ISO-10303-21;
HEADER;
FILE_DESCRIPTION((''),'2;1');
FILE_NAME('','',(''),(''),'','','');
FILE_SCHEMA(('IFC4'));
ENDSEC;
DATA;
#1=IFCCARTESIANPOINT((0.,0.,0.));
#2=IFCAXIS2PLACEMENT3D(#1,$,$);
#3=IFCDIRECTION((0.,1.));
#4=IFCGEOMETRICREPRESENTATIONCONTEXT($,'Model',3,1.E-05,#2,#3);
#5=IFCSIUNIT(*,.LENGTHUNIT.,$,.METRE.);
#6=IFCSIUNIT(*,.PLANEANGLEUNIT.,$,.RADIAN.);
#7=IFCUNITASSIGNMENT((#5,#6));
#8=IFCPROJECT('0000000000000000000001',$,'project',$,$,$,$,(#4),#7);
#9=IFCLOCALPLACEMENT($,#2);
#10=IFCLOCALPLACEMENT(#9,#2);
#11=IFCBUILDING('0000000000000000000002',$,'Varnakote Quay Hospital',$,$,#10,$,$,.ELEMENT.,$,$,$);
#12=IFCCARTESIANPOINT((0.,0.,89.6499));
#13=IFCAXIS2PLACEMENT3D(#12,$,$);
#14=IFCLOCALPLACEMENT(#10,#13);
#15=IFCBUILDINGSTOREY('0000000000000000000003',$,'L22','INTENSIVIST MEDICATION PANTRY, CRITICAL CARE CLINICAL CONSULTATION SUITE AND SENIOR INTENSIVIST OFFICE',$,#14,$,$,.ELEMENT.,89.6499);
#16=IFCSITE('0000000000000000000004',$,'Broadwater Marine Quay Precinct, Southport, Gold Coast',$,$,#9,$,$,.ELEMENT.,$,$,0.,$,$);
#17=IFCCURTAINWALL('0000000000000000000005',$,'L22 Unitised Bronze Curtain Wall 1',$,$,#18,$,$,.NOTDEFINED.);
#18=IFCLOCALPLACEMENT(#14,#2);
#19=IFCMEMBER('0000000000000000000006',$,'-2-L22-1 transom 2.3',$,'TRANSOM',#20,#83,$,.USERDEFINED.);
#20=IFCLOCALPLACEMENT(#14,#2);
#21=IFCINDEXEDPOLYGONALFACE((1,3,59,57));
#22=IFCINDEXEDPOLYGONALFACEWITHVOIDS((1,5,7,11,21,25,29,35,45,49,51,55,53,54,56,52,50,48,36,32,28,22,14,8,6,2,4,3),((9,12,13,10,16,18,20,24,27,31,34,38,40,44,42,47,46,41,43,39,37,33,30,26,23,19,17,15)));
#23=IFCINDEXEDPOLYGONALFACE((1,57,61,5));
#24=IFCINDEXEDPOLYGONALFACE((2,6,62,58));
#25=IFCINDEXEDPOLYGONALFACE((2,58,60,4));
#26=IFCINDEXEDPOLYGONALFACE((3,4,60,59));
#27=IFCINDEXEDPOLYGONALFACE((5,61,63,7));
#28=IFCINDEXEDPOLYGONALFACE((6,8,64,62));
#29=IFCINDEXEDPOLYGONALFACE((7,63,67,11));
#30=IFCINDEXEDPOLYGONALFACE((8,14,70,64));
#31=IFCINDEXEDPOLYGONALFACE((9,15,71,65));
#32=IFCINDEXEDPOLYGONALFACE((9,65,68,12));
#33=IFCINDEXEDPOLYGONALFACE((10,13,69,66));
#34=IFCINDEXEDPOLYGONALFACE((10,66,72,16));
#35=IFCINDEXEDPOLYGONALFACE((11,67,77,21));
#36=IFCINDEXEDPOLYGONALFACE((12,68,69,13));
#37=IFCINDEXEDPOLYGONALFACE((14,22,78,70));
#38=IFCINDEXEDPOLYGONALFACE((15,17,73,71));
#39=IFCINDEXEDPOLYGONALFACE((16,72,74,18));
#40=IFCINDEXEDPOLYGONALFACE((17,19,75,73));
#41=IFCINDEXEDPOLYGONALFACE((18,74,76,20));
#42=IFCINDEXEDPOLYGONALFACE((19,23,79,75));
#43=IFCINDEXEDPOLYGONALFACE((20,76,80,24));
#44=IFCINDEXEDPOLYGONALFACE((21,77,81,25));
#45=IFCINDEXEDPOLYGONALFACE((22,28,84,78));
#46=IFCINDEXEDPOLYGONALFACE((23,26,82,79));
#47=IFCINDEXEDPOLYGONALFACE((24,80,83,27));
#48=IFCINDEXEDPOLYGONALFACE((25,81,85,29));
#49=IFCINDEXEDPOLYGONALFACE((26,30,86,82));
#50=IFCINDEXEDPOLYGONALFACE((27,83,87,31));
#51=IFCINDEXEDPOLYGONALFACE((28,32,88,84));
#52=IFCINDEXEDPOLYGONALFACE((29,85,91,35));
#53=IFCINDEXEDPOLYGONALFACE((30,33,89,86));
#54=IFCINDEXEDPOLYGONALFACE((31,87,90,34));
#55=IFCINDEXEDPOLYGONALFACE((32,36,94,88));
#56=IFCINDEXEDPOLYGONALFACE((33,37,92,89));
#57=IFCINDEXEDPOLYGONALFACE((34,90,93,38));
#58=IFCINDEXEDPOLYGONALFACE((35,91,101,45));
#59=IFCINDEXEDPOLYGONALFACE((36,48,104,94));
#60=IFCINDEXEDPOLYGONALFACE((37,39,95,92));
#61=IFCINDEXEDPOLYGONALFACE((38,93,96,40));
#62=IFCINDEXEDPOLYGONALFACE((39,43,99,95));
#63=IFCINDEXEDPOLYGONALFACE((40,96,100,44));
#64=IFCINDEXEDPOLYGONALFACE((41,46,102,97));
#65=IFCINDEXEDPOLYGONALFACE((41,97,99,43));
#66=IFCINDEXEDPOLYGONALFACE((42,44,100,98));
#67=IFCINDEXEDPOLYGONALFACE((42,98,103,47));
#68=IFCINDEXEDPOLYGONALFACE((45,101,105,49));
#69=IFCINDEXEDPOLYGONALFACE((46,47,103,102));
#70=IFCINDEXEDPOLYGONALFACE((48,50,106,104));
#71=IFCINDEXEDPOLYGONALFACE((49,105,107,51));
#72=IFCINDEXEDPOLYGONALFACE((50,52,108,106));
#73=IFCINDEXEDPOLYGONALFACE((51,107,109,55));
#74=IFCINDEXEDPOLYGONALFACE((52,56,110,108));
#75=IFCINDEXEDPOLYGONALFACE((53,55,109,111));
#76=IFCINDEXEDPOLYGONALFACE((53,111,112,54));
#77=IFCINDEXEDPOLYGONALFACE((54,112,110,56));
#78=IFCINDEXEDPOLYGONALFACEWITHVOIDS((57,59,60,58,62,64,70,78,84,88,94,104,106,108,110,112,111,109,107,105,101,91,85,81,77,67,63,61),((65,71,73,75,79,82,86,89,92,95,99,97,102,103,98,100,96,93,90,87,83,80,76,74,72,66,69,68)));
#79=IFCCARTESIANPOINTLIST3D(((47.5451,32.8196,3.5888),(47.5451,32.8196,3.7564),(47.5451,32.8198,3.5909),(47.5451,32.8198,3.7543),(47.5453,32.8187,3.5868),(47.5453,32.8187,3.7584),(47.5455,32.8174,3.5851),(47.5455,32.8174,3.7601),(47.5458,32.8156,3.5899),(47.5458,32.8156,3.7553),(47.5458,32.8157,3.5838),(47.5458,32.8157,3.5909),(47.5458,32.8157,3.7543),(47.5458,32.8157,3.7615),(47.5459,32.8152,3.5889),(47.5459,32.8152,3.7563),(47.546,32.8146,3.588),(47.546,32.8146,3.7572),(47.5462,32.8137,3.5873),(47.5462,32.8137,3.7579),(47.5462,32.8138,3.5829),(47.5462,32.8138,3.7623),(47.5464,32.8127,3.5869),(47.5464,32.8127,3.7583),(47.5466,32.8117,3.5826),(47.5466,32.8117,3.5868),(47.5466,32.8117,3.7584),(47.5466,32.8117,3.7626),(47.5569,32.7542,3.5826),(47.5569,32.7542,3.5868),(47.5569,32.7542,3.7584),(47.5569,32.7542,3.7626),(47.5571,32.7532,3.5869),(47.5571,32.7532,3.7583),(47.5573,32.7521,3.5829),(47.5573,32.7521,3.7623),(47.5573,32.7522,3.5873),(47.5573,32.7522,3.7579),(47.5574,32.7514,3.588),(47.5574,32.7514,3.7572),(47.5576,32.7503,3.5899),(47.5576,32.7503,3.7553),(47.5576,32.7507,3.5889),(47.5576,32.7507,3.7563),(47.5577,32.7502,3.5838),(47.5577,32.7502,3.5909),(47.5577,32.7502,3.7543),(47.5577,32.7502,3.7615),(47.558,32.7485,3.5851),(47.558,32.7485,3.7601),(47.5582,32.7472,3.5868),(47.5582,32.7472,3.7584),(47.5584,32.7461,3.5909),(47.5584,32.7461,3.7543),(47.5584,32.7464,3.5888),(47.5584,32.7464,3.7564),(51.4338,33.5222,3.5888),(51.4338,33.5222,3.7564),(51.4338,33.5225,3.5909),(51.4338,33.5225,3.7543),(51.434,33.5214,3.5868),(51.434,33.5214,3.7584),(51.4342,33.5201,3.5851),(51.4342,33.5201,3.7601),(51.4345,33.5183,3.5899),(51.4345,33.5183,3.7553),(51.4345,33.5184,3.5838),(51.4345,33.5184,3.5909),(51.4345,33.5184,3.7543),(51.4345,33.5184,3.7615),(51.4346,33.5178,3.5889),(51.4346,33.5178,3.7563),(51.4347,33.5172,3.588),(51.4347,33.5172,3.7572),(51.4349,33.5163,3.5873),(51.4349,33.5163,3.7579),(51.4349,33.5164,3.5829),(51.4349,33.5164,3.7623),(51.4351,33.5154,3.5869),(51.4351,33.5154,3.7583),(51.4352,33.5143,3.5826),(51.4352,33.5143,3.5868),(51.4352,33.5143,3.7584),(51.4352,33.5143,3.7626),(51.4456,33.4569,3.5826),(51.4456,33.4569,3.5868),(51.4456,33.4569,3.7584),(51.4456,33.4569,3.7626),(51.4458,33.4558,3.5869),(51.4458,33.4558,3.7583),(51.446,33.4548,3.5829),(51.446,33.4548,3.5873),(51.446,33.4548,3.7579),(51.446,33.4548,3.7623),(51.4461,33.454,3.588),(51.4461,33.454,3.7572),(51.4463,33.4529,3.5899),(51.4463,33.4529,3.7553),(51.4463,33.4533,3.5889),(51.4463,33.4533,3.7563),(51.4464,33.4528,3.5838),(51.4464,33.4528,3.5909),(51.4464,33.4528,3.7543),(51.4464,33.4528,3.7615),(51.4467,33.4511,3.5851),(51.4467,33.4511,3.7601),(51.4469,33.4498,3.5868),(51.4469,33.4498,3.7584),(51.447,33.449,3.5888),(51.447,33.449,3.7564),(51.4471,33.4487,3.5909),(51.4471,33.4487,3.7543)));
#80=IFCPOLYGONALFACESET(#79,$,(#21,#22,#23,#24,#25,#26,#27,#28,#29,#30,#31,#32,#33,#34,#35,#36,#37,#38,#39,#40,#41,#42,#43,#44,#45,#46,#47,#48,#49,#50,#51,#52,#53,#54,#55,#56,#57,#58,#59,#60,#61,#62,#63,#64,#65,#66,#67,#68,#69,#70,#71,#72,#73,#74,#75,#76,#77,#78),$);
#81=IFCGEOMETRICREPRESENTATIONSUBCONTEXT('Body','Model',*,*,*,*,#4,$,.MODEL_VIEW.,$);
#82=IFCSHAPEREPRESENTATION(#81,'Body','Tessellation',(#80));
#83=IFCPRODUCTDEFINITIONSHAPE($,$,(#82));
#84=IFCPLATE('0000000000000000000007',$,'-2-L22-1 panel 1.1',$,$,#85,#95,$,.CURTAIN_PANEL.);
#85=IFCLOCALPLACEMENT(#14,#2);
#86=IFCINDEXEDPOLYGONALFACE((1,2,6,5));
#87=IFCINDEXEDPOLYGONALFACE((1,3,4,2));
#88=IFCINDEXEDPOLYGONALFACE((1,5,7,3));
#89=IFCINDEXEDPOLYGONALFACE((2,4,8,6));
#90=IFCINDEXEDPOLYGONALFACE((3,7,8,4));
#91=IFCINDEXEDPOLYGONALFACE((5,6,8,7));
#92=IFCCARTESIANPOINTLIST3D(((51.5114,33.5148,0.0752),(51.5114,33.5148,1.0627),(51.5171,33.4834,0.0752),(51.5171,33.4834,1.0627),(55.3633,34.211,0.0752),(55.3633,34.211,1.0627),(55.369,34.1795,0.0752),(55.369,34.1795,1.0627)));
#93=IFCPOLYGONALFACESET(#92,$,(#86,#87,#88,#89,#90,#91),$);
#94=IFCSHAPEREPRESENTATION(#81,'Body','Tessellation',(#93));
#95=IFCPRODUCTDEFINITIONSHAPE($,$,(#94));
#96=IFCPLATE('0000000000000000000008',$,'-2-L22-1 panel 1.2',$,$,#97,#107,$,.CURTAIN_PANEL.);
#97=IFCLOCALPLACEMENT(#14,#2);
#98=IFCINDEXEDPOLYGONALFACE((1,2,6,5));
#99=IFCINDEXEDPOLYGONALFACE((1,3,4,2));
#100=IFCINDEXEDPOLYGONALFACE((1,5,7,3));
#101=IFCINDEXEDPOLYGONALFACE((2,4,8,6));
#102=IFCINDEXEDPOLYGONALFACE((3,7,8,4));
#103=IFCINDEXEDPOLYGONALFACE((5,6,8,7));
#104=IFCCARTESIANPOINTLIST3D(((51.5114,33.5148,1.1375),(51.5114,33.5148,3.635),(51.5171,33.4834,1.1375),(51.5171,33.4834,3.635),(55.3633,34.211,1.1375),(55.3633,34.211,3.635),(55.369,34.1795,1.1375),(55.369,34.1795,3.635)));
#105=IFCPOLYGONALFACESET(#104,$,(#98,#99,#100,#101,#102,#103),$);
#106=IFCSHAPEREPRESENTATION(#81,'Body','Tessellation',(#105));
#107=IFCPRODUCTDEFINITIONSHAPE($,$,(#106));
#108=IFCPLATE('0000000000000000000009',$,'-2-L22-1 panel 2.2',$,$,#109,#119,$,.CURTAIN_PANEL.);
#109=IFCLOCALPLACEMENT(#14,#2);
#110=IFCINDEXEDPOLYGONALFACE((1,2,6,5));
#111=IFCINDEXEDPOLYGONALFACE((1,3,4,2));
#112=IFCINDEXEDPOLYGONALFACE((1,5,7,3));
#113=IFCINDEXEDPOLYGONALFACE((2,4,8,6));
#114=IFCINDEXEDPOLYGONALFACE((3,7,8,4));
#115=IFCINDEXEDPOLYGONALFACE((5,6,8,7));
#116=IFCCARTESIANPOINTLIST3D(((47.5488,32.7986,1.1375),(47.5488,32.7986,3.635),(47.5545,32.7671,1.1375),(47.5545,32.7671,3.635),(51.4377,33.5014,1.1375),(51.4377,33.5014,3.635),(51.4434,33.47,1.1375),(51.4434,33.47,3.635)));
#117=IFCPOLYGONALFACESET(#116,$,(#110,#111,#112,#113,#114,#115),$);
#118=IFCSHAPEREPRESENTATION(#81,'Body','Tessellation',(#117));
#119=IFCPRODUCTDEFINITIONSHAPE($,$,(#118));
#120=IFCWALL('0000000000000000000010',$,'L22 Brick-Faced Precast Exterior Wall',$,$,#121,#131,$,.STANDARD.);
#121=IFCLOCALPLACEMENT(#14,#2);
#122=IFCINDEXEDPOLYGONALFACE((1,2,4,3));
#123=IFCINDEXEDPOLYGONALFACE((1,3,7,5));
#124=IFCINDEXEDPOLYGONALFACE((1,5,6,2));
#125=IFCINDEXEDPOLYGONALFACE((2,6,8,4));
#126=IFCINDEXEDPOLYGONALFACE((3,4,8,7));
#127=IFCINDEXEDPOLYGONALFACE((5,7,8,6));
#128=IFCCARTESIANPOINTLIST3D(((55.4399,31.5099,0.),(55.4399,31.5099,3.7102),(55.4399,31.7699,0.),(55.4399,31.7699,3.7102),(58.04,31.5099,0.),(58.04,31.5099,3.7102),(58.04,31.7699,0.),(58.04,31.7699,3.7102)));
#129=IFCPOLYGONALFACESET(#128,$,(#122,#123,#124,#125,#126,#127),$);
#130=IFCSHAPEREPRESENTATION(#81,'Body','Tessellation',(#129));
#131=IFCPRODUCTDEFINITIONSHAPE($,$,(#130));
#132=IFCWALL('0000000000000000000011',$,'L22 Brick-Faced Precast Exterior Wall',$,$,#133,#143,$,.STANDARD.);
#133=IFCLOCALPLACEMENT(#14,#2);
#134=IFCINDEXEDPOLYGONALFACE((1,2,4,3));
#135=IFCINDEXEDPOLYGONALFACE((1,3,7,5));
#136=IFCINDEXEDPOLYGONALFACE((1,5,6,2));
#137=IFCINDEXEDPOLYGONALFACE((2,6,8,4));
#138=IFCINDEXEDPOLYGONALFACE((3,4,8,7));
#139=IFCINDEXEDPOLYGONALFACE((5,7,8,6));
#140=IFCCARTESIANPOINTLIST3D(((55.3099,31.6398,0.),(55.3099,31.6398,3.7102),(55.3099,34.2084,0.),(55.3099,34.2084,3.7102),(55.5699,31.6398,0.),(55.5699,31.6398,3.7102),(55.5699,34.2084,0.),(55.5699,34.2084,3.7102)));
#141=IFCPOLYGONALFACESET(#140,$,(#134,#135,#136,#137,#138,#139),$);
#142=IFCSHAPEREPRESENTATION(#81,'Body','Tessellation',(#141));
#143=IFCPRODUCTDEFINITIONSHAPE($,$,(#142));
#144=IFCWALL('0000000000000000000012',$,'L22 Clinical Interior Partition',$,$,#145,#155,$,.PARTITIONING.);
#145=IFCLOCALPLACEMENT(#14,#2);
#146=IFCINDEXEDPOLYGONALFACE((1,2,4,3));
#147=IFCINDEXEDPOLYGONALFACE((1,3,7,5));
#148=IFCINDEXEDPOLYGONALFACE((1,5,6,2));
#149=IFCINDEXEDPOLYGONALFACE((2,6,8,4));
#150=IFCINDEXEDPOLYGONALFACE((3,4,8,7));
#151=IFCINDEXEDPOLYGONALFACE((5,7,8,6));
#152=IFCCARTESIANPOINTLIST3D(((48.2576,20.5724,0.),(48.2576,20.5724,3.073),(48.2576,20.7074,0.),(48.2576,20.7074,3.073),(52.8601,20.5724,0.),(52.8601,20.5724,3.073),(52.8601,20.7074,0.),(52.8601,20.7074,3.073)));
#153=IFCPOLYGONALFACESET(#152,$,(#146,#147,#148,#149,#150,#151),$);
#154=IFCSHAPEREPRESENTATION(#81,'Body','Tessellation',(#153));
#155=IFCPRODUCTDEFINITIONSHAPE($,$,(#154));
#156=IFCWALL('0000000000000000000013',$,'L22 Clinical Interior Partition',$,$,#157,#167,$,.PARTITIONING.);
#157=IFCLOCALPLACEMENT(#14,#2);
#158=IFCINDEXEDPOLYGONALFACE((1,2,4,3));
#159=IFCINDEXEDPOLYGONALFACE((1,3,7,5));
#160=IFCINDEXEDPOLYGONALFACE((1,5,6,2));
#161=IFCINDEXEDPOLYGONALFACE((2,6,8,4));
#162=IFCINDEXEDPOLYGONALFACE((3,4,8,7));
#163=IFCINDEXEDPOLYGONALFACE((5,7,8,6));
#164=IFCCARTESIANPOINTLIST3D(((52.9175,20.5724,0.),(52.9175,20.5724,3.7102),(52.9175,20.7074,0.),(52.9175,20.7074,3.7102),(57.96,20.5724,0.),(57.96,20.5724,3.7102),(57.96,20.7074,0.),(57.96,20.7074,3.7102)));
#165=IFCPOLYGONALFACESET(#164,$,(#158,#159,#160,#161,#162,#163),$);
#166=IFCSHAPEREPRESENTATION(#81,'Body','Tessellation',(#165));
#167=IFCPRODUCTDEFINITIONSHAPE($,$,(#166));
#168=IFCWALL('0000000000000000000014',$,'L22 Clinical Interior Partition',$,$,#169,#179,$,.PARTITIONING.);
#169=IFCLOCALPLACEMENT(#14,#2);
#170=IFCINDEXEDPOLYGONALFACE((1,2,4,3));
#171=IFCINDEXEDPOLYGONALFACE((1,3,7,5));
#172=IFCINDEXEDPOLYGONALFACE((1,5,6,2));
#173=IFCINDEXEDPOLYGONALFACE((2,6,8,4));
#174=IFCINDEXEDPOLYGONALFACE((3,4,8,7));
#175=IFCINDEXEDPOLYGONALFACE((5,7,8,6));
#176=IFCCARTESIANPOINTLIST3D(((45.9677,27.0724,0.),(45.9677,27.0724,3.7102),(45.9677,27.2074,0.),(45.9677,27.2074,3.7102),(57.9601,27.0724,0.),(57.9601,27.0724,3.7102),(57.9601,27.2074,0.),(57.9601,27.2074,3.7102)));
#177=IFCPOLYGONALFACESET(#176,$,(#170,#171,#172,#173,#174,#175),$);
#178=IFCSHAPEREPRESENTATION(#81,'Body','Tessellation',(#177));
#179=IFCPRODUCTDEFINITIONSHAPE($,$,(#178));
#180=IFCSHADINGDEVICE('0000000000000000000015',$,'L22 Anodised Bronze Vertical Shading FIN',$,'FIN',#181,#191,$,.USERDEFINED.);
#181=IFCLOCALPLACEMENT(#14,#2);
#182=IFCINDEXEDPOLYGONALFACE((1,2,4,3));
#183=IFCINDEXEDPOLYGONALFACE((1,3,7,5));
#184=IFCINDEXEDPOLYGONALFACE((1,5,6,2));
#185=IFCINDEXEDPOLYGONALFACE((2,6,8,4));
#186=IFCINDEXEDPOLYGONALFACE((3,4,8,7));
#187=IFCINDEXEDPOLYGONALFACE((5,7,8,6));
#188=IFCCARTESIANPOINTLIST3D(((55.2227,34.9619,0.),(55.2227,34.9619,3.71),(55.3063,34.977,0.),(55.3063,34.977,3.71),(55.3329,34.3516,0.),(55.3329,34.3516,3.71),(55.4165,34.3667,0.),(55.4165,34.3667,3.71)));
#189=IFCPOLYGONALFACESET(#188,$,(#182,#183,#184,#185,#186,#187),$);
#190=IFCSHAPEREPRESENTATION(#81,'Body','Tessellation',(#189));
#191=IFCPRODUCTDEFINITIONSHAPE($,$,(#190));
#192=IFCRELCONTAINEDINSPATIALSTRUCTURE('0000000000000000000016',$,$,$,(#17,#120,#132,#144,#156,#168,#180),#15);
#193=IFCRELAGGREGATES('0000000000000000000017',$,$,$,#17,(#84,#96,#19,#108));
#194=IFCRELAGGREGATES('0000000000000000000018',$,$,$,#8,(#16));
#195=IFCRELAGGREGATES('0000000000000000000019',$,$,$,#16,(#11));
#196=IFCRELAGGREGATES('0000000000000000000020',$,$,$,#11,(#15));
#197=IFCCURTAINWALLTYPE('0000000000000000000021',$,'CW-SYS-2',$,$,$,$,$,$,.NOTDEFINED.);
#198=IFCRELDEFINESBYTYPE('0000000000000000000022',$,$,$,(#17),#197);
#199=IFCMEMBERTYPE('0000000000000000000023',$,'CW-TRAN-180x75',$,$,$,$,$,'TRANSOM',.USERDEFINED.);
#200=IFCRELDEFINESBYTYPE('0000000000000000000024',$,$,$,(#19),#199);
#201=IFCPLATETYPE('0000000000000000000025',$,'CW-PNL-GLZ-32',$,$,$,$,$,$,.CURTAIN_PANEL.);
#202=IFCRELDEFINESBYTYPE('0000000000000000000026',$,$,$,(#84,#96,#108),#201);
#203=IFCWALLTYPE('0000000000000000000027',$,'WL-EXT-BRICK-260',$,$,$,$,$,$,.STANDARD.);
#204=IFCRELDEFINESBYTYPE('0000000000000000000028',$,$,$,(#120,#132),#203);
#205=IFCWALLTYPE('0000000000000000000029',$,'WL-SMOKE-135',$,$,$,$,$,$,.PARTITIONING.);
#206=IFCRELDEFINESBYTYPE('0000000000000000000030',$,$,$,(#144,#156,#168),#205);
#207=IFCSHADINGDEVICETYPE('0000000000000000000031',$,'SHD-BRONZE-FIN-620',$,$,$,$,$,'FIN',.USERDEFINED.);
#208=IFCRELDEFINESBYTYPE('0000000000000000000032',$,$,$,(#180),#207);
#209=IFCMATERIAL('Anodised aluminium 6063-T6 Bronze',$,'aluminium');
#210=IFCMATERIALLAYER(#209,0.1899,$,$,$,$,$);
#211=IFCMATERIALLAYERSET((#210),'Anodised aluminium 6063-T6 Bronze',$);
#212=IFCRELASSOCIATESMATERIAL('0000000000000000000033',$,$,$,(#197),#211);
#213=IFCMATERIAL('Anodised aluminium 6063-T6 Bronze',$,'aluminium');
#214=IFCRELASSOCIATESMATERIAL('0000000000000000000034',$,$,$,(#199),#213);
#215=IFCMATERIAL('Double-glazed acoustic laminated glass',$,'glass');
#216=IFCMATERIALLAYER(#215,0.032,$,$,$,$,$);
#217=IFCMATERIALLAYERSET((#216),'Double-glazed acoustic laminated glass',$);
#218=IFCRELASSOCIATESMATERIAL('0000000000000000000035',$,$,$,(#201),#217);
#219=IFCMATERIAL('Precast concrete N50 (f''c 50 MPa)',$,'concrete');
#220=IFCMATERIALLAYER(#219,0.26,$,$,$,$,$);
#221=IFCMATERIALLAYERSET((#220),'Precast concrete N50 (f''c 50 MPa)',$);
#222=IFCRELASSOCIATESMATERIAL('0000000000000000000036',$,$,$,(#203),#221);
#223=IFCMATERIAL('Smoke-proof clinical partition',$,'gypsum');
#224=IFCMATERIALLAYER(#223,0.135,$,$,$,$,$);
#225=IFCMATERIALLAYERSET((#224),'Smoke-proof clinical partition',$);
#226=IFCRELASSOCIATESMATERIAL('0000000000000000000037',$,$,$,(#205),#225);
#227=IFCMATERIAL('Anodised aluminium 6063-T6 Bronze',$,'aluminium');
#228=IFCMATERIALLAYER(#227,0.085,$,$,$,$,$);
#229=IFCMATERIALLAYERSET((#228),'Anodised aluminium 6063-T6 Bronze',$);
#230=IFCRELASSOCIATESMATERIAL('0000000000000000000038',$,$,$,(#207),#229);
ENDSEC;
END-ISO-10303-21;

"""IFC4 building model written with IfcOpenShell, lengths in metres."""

from ifc_helpers import new_model, si_unit, direction, frame, frame_2d, origin, origin_2d, place, context, subcontext, project, spatial, rectangle, hollow_rectangle, extrude, material, layer, layer_set, material_profile, profile_set, type_object, element, aggregate, save


model = new_model("IFC4")

# Units and contexts
model_context = context("Model", 3, precision=1e-05, world=origin(), true_north=direction((0.0, 1.0)))
body_context = subcontext(model_context, "Body", "Model", "MODEL_VIEW")
ifc_project = project(units=[si_unit("LENGTHUNIT", "METRE"), si_unit("PLANEANGLEUNIT", "RADIAN")], contexts=[model_context])

# Site, building, storey
site_placement = place(None, origin())
site = spatial("IfcSite", under=ifc_project, at=site_placement, Name="Broadwater Marine Quay Precinct, Southport, Gold Coast", CompositionType="ELEMENT", RefElevation=0.0)
building_placement = place(site_placement, origin())
building = spatial("IfcBuilding", under=site, at=building_placement, Name="Varnakote Quay Hospital", CompositionType="ELEMENT")
storey_placement = place(building_placement, frame((0.0, 0.0, 89.6499)))
storey = spatial("IfcBuildingStorey", under=building, at=storey_placement, Name="L22", Description="INTENSIVIST MEDICATION PANTRY, CRITICAL CARE CLINICAL CONSULTATION SUITE AND SENIOR INTENSIVIST OFFICE", CompositionType="ELEMENT", Elevation=89.6499)

# Curtain wall, member, plates
ifc_material_1 = material(Name="Anodised aluminium 6063-T6 Bronze", Category="aluminium")
ifc_layer_1 = layer(ifc_material_1, 0.1899)
ifc_layer_set_1 = layer_set([ifc_layer_1], Name="Anodised aluminium 6063-T6 Bronze")
curtain_wall_type = type_object("IfcCurtainWallType", Name="CW-SYS-2", PredefinedType="NOTDEFINED", material=ifc_layer_set_1)
curtain_wall_placement = place(storey_placement, origin())
curtain_wall = element("IfcCurtainWall", 1, at=curtain_wall_placement, inside=storey, type_object=curtain_wall_type, Name="L22 Unitised Bronze Curtain Wall 1", PredefinedType="NOTDEFINED")
ifc_material_2 = material(Name="Anodised aluminium 6063-T6 Bronze", Category="aluminium")
ifc_material_profile_1 = material_profile(ifc_material_2, hollow_rectangle(XDim=0.075, YDim=0.1799, WallThickness=0.0042, InnerFilletRadius=0.0042, OuterFilletRadius=0.0083, at=origin_2d()), Name="CW-TRAN-180x75")
ifc_profile_set_1 = profile_set([ifc_material_profile_1], Name="Anodised aluminium 6063-T6 Bronze")
member_type_1 = type_object("IfcMemberType", Name="CW-TRAN-180x75", ElementType="TRANSOM", PredefinedType="USERDEFINED", material=ifc_profile_set_1)
member_1_placement = place(storey_placement, frame((51.4404, 33.4856, 3.6726), z_axis=(-0.984065, -0.177809, 0.0), x_axis=(0.177809, -0.984065, 0.0)))
member_1 = element("IfcMember", 2, at=member_1_placement, type_object=member_type_1, Name="-2-L22-1 transom 2.3", ObjectType="TRANSOM", PredefinedType="USERDEFINED", context=body_context, shape_type="SweptSolid", body=[
    extrude(hollow_rectangle(XDim=0.075, YDim=0.1799, WallThickness=0.0042, InnerFilletRadius=0.0042, OuterFilletRadius=0.0083, at=origin_2d()), origin(), (0.0, 0.0, 1.0), 3.9517),
])
ifc_material_3 = material(Name="Double-glazed acoustic laminated glass", Category="glass")
ifc_layer_2 = layer(ifc_material_3, 0.032)
ifc_layer_set_2 = layer_set([ifc_layer_2], Name="Double-glazed acoustic laminated glass")
plate_type = type_object("IfcPlateType", Name="CW-PNL-GLZ-32", PredefinedType="CURTAIN_PANEL", material=ifc_layer_set_2)
plate_1_placement = place(storey_placement, frame((53.4402, 33.8472, 0.0752), z_axis=(0.0, 0.0, 1.0), x_axis=(-0.984058, -0.177846, 0.0)))
plate_1 = element("IfcPlate", 3, at=plate_1_placement, type_object=plate_type, Name="-2-L22-1 panel 1.1", PredefinedType="CURTAIN_PANEL", context=body_context, shape_type="SweptSolid", body=[
    extrude(rectangle(XDim=3.9143, YDim=0.032, at=origin_2d()), origin(), (0.0, 0.0, 1.0), 0.9875),
])
plate_2_placement = place(storey_placement, frame((53.4402, 33.8472, 1.1375), z_axis=(0.0, 0.0, 1.0), x_axis=(-0.984058, -0.177846, 0.0)))
plate_2 = element("IfcPlate", 4, at=plate_2_placement, type_object=plate_type, Name="-2-L22-1 panel 1.2", PredefinedType="CURTAIN_PANEL", context=body_context, shape_type="SweptSolid", body=[
    extrude(rectangle(XDim=3.9143, YDim=0.032, at=origin_2d()), origin(), (0.0, 0.0, 1.0), 2.4976),
])
plate_3_placement = place(storey_placement, frame((49.4961, 33.1343, 1.1375), z_axis=(0.0, 0.0, 1.0), x_axis=(-0.984058, -0.177846, 0.0)))
plate_3 = element("IfcPlate", 5, at=plate_3_placement, type_object=plate_type, Name="-2-L22-1 panel 2.2", PredefinedType="CURTAIN_PANEL", context=body_context, shape_type="SweptSolid", body=[
    extrude(rectangle(XDim=3.9519, YDim=0.032, at=origin_2d()), origin(), (0.0, 0.0, 1.0), 2.4976),
])
aggregate(curtain_wall, [plate_1, plate_2, member_1, plate_3])

# Walls
ifc_material_4 = material(Name="Precast concrete N50 (f'c 50 MPa)", Category="concrete")
ifc_layer_3 = layer(ifc_material_4, 0.26)
ifc_layer_set_3 = layer_set([ifc_layer_3], Name="Precast concrete N50 (f'c 50 MPa)")
wall_type_1 = type_object("IfcWallType", Name="WL-EXT-BRICK-260", PredefinedType="STANDARD", material=ifc_layer_set_3)
wall_1_placement = place(storey_placement, frame((58.04, 31.6399, 0.0), z_axis=(0.0, 0.0, 1.0), x_axis=(-1.0, 0.0, 0.0)))
element("IfcWall", 6, at=wall_1_placement, inside=storey, type_object=wall_type_1, Name="L22 Brick-Faced Precast Exterior Wall", PredefinedType="STANDARD", context=body_context, shape_type="SweptSolid", body=[
    extrude(rectangle(XDim=2.6001, YDim=0.26, at=frame_2d((1.3, 0.0))), origin(), (0.0, 0.0, 1.0), 3.7102),
])
wall_2_placement = place(storey_placement, frame((55.4399, 31.6399, 0.0), z_axis=(0.0, 0.0, 1.0), x_axis=(0.0, 1.0, 0.0)))
element("IfcWall", 7, at=wall_2_placement, inside=storey, type_object=wall_type_1, Name="L22 Brick-Faced Precast Exterior Wall", PredefinedType="STANDARD", context=body_context, shape_type="SweptSolid", body=[
    extrude(rectangle(XDim=2.5686, YDim=0.26, at=frame_2d((1.2842, 0.0))), origin(), (0.0, 0.0, 1.0), 3.7102),
])
ifc_material_5 = material(Name="Smoke-proof clinical partition", Category="gypsum")
ifc_layer_4 = layer(ifc_material_5, 0.135)
ifc_layer_set_4 = layer_set([ifc_layer_4], Name="Smoke-proof clinical partition")
wall_type_2 = type_object("IfcWallType", Name="WL-SMOKE-135", PredefinedType="PARTITIONING", material=ifc_layer_set_4)
wall_3_placement = place(storey_placement, frame((52.8601, 20.6399, 0.0), z_axis=(0.0, 0.0, 1.0), x_axis=(-1.0, 0.0, 0.0)))
element("IfcWall", 8, at=wall_3_placement, inside=storey, type_object=wall_type_2, Name="L22 Clinical Interior Partition", PredefinedType="PARTITIONING", context=body_context, shape_type="SweptSolid", body=[
    extrude(rectangle(XDim=4.6025, YDim=0.135, at=frame_2d((2.3013, 0.0))), origin(), (0.0, 0.0, 1.0), 3.073),
])
wall_4_placement = place(storey_placement, frame((57.96, 20.6399, 0.0), z_axis=(0.0, 0.0, 1.0), x_axis=(-1.0, 0.0, 0.0)))
element("IfcWall", 9, at=wall_4_placement, inside=storey, type_object=wall_type_2, Name="L22 Clinical Interior Partition", PredefinedType="PARTITIONING", context=body_context, shape_type="SweptSolid", body=[
    extrude(rectangle(XDim=5.0425, YDim=0.135, at=frame_2d((2.5212, 0.0))), origin(), (0.0, 0.0, 1.0), 3.7102),
])
wall_5_placement = place(storey_placement, frame((57.96, 27.1399, 0.0), z_axis=(0.0, 0.0, 1.0), x_axis=(-1.0, 0.0, 0.0)))
element("IfcWall", 10, at=wall_5_placement, inside=storey, type_object=wall_type_2, Name="L22 Clinical Interior Partition", PredefinedType="PARTITIONING", context=body_context, shape_type="SweptSolid", body=[
    extrude(rectangle(XDim=11.9924, YDim=0.135, at=frame_2d((5.9961, 0.0))), origin(), (0.0, 0.0, 1.0), 3.7102),
])

# Shading device
ifc_material_6 = material(Name="Anodised aluminium 6063-T6 Bronze", Category="aluminium")
ifc_layer_5 = layer(ifc_material_6, 0.085)
ifc_layer_set_5 = layer_set([ifc_layer_5], Name="Anodised aluminium 6063-T6 Bronze")
shading_device_type = type_object("IfcShadingDeviceType", Name="SHD-BRONZE-FIN-620", ElementType="FIN", PredefinedType="USERDEFINED", material=ifc_layer_set_5)
for number, where, z_axis, x_axis, name in (
    (11, (55.3196, 34.6643, 0.0), (0.0, 0.0, 1.0), (0.177772, -0.984072, 0.0), "L22 Anodised Bronze Vertical Shading FIN"),
):
    element("IfcShadingDevice", number, at=place(storey_placement, frame(where, z_axis=z_axis, x_axis=x_axis)), inside=storey, type_object=shading_device_type, Name=name, ObjectType="FIN", PredefinedType="USERDEFINED", context=body_context, shape_type="SweptSolid", body=[
        extrude(rectangle(XDim=0.6201, YDim=0.085, at=origin_2d()), origin(), (0.0, 0.0, 1.0), 3.71),
    ])

save(model, "model.ifc")
